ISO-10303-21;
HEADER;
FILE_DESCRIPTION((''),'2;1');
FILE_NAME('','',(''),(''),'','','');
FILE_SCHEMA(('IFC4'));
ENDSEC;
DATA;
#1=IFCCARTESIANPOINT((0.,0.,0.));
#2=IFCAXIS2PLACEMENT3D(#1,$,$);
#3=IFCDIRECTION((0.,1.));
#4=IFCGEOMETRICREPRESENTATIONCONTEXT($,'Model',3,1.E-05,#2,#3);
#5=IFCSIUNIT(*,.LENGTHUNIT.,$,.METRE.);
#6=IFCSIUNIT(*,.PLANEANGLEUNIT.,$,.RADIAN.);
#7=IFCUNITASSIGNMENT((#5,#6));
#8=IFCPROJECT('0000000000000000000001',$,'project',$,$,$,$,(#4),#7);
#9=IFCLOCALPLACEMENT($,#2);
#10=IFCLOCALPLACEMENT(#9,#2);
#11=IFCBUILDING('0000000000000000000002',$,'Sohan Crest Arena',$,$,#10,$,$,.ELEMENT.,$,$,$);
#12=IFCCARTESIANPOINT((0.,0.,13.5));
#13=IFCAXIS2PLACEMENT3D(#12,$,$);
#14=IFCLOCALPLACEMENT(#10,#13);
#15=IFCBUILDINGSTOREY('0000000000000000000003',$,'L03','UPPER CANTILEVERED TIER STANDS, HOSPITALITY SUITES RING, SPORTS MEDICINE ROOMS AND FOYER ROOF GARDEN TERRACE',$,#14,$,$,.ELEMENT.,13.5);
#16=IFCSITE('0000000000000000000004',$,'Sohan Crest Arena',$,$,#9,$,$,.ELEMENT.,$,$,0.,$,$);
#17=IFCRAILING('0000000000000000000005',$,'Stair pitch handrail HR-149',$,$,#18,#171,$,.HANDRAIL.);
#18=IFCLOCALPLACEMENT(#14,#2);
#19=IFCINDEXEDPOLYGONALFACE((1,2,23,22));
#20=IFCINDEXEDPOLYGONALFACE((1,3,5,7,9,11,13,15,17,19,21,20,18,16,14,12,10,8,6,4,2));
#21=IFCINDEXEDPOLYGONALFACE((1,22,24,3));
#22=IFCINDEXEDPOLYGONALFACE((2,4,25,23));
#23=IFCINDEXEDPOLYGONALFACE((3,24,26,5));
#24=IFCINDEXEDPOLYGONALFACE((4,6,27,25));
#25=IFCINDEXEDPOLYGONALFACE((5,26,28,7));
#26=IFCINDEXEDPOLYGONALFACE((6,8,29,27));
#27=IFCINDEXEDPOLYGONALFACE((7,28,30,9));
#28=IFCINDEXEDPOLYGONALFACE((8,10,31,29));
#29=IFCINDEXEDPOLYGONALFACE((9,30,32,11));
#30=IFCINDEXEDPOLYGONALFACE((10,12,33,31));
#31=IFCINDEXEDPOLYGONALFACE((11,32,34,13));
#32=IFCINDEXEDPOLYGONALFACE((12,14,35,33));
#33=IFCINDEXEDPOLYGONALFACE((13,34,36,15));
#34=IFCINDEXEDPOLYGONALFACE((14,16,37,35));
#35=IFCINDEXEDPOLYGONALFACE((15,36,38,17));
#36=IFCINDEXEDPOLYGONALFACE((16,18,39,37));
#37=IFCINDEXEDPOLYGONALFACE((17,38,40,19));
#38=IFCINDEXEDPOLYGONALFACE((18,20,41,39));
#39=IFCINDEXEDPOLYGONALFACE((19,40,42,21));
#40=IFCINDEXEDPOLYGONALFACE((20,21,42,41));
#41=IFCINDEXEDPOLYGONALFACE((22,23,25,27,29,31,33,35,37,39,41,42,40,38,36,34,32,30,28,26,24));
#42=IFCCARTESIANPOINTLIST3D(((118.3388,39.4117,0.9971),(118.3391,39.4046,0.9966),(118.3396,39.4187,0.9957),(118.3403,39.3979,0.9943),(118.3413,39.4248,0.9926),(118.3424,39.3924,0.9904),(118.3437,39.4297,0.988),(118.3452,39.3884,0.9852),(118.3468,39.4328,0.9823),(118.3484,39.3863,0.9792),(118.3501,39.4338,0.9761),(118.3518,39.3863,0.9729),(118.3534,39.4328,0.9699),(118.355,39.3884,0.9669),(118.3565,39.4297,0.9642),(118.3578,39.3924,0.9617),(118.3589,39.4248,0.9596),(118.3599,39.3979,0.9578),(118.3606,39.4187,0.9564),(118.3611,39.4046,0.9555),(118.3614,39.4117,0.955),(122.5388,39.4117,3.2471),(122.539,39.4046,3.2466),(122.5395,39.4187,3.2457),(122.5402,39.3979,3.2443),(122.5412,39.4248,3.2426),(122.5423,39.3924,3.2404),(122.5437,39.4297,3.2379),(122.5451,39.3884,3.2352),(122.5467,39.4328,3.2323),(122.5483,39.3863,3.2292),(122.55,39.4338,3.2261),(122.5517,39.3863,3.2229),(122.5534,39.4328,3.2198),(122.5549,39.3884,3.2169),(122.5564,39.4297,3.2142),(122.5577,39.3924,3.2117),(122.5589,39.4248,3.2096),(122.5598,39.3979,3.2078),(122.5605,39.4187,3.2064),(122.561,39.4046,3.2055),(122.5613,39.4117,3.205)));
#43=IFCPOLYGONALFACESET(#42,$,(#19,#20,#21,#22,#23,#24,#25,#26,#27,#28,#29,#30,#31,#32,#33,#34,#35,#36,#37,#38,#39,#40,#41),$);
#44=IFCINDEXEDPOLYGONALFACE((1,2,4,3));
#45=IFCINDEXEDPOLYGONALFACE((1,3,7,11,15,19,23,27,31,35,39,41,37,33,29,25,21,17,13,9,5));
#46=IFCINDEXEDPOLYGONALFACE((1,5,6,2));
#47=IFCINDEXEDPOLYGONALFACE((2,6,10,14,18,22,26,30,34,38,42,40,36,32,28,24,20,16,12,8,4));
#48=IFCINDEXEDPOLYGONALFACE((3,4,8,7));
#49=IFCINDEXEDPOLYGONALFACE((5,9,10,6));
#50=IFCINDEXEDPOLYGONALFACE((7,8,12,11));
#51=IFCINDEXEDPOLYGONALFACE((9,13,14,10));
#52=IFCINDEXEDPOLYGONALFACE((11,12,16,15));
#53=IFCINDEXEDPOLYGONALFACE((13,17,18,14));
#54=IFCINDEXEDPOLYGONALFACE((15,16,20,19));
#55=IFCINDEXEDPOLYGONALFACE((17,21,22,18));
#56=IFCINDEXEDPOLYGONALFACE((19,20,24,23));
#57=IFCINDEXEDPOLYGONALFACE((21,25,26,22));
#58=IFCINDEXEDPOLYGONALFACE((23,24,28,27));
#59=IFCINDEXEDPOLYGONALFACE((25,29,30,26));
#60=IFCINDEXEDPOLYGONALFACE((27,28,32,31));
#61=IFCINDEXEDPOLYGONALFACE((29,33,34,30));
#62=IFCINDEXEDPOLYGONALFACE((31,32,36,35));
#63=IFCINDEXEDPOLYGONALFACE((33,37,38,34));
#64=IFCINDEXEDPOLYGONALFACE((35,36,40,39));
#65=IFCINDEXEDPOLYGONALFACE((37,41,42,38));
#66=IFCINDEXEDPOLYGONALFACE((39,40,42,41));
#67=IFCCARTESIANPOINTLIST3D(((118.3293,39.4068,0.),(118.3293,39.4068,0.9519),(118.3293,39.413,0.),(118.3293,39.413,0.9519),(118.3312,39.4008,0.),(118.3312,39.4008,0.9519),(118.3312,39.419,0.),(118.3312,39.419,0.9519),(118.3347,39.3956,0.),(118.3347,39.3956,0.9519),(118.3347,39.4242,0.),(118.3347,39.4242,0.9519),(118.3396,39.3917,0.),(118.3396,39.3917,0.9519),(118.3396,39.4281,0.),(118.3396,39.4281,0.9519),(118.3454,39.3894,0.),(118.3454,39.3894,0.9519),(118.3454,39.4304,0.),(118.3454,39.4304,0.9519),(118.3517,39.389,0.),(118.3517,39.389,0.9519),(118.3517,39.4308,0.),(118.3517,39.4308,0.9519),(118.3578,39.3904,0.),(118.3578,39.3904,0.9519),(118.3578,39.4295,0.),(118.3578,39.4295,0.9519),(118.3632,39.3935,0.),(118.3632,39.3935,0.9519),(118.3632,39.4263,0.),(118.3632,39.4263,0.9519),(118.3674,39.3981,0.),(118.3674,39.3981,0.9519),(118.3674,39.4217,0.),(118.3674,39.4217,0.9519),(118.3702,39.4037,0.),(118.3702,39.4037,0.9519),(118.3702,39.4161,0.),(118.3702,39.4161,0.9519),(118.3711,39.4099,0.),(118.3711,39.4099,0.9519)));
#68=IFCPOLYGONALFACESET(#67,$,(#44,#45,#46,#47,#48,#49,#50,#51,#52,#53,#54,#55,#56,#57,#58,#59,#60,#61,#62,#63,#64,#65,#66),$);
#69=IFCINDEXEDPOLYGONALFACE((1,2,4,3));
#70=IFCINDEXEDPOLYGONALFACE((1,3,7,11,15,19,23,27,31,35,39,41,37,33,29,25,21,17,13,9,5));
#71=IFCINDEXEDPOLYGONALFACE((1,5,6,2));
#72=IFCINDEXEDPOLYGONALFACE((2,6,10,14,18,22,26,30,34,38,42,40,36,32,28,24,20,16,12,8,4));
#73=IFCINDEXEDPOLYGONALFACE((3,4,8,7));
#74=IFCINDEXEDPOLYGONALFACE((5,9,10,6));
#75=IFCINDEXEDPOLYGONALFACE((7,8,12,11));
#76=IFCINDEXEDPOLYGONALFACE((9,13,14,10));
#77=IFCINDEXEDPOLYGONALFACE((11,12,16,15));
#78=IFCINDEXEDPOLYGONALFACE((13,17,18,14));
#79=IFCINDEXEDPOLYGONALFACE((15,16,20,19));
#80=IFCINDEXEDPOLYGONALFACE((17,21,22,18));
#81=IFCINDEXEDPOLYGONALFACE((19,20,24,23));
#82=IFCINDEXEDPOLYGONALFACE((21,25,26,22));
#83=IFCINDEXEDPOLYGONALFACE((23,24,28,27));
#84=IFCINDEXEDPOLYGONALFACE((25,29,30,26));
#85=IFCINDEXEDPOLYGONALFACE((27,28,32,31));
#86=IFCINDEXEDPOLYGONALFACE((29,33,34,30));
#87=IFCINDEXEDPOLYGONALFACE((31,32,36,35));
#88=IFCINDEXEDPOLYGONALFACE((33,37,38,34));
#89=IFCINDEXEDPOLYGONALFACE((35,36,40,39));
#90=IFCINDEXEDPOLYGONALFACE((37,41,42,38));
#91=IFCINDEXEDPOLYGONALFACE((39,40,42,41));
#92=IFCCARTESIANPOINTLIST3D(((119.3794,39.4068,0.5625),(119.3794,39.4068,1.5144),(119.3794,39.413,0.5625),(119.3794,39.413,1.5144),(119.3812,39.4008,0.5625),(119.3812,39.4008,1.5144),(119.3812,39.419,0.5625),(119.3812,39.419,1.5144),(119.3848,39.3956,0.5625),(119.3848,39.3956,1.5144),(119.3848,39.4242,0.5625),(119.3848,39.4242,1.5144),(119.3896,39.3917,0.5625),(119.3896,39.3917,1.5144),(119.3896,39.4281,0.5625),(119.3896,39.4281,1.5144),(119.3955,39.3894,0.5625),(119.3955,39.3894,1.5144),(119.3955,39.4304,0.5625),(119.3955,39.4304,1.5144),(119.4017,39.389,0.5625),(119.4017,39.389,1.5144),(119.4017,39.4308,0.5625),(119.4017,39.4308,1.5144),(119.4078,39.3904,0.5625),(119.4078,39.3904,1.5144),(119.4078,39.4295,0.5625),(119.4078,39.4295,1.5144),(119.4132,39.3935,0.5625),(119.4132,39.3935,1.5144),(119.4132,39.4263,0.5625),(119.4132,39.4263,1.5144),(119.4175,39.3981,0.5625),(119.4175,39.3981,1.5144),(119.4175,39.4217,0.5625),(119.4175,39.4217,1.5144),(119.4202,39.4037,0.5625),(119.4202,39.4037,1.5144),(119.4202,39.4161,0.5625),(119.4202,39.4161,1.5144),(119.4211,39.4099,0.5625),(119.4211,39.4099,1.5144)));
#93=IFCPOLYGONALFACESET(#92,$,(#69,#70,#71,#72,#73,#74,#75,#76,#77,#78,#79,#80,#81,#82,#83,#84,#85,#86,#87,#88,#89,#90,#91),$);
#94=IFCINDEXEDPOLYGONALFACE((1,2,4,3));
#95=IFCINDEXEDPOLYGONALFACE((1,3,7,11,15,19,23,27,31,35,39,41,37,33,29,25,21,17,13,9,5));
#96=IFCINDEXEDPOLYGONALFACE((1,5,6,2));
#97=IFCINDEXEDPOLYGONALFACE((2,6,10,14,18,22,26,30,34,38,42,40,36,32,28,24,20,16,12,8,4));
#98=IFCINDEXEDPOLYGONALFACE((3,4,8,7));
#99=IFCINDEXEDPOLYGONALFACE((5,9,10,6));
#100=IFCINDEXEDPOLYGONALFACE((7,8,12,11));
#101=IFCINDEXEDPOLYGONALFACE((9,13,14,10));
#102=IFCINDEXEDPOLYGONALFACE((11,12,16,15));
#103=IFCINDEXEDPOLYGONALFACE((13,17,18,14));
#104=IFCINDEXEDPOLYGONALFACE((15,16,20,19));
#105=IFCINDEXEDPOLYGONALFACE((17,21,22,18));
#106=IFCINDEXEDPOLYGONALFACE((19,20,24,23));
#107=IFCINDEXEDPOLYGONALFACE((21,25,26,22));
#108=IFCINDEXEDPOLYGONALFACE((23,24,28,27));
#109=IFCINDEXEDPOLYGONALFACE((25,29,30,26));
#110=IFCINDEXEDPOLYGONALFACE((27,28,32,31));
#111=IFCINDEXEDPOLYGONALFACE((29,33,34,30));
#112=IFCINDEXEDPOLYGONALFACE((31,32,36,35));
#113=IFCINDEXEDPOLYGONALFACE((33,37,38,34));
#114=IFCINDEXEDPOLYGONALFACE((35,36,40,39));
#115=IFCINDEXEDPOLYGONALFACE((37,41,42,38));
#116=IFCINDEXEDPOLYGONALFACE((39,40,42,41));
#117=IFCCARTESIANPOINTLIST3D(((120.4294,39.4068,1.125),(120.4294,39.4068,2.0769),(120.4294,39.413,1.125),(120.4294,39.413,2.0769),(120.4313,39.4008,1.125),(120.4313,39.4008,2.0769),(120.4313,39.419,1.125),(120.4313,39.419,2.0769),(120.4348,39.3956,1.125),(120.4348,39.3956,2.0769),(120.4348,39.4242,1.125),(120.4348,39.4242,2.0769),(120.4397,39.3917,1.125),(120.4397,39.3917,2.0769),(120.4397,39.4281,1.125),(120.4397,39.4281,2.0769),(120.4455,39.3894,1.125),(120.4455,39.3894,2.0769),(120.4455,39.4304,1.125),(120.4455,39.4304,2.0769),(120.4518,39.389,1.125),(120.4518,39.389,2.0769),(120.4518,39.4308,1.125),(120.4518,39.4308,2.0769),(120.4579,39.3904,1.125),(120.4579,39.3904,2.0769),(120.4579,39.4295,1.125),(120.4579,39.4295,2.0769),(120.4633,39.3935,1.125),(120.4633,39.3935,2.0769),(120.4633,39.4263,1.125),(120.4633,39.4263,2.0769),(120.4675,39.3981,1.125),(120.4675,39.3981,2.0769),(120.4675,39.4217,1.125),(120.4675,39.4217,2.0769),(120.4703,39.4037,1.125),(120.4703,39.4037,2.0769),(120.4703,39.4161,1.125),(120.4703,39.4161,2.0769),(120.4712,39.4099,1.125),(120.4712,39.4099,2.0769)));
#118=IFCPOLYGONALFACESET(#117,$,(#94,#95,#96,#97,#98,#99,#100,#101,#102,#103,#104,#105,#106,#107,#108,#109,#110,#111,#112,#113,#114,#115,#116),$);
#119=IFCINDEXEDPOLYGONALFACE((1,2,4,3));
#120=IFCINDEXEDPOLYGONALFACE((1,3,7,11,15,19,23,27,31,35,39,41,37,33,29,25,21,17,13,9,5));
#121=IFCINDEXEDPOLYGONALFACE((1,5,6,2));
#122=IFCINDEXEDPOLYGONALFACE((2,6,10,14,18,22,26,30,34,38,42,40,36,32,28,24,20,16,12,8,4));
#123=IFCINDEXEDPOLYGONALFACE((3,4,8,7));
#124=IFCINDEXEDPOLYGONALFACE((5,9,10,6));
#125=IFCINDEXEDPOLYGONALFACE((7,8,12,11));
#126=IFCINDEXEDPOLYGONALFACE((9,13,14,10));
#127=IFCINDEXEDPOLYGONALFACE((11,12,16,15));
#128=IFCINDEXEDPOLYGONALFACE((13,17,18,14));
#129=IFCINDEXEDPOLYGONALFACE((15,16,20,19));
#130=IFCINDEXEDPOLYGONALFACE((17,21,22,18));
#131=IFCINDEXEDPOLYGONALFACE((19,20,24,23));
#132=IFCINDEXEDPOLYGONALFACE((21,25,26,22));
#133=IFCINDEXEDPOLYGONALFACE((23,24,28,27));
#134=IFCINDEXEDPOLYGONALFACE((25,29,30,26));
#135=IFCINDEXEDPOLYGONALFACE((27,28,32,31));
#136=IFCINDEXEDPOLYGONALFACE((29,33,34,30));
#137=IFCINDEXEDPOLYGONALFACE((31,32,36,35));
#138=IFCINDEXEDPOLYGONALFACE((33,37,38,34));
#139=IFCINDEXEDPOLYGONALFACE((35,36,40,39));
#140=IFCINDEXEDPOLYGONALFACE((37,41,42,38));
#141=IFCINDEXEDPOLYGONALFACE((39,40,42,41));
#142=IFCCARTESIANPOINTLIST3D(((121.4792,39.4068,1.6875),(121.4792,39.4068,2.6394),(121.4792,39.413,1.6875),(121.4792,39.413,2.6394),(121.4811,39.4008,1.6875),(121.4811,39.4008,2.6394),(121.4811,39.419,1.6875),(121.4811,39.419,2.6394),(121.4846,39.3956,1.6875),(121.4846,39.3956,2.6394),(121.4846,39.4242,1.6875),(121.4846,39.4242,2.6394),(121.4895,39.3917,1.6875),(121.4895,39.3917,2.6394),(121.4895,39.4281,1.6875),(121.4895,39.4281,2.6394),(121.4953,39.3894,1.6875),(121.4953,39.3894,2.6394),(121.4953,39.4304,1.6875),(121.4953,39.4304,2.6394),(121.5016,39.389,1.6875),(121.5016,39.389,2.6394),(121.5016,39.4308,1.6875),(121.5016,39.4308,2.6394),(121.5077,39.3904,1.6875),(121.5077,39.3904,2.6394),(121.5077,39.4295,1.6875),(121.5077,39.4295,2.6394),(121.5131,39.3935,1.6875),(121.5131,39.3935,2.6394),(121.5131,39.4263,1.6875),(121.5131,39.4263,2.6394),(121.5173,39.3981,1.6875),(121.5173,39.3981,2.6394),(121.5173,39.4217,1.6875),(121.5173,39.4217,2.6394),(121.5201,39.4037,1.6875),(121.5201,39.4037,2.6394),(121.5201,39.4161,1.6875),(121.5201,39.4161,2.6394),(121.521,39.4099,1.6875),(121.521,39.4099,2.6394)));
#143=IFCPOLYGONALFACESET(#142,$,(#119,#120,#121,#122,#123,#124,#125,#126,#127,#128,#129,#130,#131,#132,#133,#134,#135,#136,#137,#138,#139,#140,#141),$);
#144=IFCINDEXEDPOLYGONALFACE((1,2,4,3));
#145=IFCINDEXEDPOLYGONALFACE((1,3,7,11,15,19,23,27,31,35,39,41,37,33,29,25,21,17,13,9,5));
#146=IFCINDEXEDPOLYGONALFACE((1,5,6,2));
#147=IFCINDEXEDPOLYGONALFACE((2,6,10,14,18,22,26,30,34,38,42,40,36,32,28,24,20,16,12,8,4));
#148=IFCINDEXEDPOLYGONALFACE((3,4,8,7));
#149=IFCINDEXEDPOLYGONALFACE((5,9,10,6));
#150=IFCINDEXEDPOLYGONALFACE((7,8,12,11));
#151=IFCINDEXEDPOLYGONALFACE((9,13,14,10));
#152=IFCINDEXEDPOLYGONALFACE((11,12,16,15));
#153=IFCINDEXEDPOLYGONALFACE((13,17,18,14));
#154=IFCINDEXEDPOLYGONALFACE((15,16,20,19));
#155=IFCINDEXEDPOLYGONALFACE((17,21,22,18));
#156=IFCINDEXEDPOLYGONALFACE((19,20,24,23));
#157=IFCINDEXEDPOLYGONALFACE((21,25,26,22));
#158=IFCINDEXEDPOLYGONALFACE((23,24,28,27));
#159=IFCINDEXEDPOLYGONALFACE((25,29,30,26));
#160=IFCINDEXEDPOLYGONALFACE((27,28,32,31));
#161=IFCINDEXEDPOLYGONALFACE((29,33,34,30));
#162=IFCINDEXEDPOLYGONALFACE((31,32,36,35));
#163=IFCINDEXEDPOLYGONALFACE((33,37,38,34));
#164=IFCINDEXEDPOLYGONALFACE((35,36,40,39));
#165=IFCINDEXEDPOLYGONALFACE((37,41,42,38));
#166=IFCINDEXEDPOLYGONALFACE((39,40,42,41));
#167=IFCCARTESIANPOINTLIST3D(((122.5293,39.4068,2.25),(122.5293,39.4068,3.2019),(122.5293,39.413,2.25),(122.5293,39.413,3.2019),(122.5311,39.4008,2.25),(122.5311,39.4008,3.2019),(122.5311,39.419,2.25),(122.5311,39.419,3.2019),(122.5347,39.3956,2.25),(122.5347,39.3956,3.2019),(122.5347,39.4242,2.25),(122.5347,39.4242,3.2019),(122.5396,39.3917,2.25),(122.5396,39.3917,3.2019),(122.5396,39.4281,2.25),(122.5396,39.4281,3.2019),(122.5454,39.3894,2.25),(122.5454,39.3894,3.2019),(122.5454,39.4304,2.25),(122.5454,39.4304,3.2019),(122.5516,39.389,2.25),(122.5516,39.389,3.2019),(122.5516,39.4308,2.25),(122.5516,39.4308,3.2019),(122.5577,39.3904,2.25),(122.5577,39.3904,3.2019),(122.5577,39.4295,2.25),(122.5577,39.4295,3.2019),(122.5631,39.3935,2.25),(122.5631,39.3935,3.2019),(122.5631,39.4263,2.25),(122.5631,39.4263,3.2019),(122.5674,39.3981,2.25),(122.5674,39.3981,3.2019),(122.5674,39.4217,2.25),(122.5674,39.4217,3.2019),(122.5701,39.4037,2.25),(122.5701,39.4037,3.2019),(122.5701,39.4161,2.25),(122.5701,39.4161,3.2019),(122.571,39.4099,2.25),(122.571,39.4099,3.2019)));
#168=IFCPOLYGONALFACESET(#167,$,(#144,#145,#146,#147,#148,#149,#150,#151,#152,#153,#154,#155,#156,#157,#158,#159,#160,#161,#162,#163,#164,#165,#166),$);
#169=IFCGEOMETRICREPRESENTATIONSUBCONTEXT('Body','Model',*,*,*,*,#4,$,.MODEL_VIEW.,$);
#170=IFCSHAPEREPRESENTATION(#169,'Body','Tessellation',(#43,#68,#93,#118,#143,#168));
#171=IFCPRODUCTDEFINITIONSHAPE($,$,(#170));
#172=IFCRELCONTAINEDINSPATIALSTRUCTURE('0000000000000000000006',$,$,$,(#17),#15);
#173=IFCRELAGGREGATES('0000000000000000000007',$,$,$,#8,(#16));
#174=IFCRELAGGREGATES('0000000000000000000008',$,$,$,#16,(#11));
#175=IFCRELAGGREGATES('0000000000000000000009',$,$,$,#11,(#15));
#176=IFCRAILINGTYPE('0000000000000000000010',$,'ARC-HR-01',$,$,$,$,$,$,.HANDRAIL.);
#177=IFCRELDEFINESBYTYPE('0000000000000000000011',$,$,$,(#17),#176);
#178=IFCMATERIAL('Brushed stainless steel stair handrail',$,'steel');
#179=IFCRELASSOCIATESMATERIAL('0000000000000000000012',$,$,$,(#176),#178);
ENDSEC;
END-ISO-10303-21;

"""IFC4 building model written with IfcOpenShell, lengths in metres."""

from ifc_helpers import new_model, si_unit, direction, frame, origin, origin_2d, place, context, subcontext, project, spatial, circle, extrude, material, type_object, element, save


model = new_model("IFC4")

# Units and contexts
model_context = context("Model", 3, precision=1e-05, world=origin(), true_north=direction((0.0, 1.0)))
body_context = subcontext(model_context, "Body", "Model", "MODEL_VIEW")
ifc_project = project(units=[si_unit("LENGTHUNIT", "METRE"), si_unit("PLANEANGLEUNIT", "RADIAN")], contexts=[model_context])

# Site, building, storey
site_placement = place(None, origin())
site = spatial("IfcSite", under=ifc_project, at=site_placement, Name="Sohan Crest Arena", CompositionType="ELEMENT", RefElevation=0.0)
building_placement = place(site_placement, origin())
building = spatial("IfcBuilding", under=site, at=building_placement, Name="Sohan Crest Arena", CompositionType="ELEMENT")
storey_placement = place(building_placement, frame((0.0, 0.0, 13.5)))
storey = spatial("IfcBuildingStorey", under=building, at=storey_placement, Name="L03", Description="UPPER CANTILEVERED TIER STANDS, HOSPITALITY SUITES RING, SPORTS MEDICINE ROOMS AND FOYER ROOF GARDEN TERRACE", CompositionType="ELEMENT", Elevation=13.5)

# Railing
ifc_material_1 = material(Name="Brushed stainless steel stair handrail", Category="steel")
railing_type_1 = type_object("IfcRailingType", Name="ARC-HR-01", PredefinedType="HANDRAIL", material=ifc_material_1)
for number, where, name in (
    (1, (118.3501, 39.4099, 0.0), "Stair pitch handrail HR-149"),
):
    element("IfcRailing", number, at=place(storey_placement, frame(where)), inside=storey, type_object=railing_type_1, Name=name, PredefinedType="HANDRAIL", context=body_context, shape_type="SweptSolid", body=[
        extrude(circle(Radius=0.0239, at=origin_2d()), frame((0.0, 0.0, 0.9761), z_axis=(0.881478, 0.0, 0.472226), x_axis=(0.0, 1.0, 0.0)), (0.0, 0.0, 1.0), 4.7646),
        extrude(circle(Radius=0.021, at=origin_2d()), origin(), (0.0, 0.0, 1.0), 0.9519),
        extrude(circle(Radius=0.021, at=origin_2d()), frame((1.05, 0.0, 0.5625)), (0.0, 0.0, 1.0), 0.9519),
        extrude(circle(Radius=0.021, at=origin_2d()), frame((2.1001, 0.0, 1.125)), (0.0, 0.0, 1.0), 0.9519),
        extrude(circle(Radius=0.021, at=origin_2d()), frame((3.1499, 0.0, 1.6875)), (0.0, 0.0, 1.0), 0.9519),
        extrude(circle(Radius=0.021, at=origin_2d()), frame((4.2, 0.0, 2.25)), (0.0, 0.0, 1.0), 0.9519),
    ])

save(model, "model.ifc")
